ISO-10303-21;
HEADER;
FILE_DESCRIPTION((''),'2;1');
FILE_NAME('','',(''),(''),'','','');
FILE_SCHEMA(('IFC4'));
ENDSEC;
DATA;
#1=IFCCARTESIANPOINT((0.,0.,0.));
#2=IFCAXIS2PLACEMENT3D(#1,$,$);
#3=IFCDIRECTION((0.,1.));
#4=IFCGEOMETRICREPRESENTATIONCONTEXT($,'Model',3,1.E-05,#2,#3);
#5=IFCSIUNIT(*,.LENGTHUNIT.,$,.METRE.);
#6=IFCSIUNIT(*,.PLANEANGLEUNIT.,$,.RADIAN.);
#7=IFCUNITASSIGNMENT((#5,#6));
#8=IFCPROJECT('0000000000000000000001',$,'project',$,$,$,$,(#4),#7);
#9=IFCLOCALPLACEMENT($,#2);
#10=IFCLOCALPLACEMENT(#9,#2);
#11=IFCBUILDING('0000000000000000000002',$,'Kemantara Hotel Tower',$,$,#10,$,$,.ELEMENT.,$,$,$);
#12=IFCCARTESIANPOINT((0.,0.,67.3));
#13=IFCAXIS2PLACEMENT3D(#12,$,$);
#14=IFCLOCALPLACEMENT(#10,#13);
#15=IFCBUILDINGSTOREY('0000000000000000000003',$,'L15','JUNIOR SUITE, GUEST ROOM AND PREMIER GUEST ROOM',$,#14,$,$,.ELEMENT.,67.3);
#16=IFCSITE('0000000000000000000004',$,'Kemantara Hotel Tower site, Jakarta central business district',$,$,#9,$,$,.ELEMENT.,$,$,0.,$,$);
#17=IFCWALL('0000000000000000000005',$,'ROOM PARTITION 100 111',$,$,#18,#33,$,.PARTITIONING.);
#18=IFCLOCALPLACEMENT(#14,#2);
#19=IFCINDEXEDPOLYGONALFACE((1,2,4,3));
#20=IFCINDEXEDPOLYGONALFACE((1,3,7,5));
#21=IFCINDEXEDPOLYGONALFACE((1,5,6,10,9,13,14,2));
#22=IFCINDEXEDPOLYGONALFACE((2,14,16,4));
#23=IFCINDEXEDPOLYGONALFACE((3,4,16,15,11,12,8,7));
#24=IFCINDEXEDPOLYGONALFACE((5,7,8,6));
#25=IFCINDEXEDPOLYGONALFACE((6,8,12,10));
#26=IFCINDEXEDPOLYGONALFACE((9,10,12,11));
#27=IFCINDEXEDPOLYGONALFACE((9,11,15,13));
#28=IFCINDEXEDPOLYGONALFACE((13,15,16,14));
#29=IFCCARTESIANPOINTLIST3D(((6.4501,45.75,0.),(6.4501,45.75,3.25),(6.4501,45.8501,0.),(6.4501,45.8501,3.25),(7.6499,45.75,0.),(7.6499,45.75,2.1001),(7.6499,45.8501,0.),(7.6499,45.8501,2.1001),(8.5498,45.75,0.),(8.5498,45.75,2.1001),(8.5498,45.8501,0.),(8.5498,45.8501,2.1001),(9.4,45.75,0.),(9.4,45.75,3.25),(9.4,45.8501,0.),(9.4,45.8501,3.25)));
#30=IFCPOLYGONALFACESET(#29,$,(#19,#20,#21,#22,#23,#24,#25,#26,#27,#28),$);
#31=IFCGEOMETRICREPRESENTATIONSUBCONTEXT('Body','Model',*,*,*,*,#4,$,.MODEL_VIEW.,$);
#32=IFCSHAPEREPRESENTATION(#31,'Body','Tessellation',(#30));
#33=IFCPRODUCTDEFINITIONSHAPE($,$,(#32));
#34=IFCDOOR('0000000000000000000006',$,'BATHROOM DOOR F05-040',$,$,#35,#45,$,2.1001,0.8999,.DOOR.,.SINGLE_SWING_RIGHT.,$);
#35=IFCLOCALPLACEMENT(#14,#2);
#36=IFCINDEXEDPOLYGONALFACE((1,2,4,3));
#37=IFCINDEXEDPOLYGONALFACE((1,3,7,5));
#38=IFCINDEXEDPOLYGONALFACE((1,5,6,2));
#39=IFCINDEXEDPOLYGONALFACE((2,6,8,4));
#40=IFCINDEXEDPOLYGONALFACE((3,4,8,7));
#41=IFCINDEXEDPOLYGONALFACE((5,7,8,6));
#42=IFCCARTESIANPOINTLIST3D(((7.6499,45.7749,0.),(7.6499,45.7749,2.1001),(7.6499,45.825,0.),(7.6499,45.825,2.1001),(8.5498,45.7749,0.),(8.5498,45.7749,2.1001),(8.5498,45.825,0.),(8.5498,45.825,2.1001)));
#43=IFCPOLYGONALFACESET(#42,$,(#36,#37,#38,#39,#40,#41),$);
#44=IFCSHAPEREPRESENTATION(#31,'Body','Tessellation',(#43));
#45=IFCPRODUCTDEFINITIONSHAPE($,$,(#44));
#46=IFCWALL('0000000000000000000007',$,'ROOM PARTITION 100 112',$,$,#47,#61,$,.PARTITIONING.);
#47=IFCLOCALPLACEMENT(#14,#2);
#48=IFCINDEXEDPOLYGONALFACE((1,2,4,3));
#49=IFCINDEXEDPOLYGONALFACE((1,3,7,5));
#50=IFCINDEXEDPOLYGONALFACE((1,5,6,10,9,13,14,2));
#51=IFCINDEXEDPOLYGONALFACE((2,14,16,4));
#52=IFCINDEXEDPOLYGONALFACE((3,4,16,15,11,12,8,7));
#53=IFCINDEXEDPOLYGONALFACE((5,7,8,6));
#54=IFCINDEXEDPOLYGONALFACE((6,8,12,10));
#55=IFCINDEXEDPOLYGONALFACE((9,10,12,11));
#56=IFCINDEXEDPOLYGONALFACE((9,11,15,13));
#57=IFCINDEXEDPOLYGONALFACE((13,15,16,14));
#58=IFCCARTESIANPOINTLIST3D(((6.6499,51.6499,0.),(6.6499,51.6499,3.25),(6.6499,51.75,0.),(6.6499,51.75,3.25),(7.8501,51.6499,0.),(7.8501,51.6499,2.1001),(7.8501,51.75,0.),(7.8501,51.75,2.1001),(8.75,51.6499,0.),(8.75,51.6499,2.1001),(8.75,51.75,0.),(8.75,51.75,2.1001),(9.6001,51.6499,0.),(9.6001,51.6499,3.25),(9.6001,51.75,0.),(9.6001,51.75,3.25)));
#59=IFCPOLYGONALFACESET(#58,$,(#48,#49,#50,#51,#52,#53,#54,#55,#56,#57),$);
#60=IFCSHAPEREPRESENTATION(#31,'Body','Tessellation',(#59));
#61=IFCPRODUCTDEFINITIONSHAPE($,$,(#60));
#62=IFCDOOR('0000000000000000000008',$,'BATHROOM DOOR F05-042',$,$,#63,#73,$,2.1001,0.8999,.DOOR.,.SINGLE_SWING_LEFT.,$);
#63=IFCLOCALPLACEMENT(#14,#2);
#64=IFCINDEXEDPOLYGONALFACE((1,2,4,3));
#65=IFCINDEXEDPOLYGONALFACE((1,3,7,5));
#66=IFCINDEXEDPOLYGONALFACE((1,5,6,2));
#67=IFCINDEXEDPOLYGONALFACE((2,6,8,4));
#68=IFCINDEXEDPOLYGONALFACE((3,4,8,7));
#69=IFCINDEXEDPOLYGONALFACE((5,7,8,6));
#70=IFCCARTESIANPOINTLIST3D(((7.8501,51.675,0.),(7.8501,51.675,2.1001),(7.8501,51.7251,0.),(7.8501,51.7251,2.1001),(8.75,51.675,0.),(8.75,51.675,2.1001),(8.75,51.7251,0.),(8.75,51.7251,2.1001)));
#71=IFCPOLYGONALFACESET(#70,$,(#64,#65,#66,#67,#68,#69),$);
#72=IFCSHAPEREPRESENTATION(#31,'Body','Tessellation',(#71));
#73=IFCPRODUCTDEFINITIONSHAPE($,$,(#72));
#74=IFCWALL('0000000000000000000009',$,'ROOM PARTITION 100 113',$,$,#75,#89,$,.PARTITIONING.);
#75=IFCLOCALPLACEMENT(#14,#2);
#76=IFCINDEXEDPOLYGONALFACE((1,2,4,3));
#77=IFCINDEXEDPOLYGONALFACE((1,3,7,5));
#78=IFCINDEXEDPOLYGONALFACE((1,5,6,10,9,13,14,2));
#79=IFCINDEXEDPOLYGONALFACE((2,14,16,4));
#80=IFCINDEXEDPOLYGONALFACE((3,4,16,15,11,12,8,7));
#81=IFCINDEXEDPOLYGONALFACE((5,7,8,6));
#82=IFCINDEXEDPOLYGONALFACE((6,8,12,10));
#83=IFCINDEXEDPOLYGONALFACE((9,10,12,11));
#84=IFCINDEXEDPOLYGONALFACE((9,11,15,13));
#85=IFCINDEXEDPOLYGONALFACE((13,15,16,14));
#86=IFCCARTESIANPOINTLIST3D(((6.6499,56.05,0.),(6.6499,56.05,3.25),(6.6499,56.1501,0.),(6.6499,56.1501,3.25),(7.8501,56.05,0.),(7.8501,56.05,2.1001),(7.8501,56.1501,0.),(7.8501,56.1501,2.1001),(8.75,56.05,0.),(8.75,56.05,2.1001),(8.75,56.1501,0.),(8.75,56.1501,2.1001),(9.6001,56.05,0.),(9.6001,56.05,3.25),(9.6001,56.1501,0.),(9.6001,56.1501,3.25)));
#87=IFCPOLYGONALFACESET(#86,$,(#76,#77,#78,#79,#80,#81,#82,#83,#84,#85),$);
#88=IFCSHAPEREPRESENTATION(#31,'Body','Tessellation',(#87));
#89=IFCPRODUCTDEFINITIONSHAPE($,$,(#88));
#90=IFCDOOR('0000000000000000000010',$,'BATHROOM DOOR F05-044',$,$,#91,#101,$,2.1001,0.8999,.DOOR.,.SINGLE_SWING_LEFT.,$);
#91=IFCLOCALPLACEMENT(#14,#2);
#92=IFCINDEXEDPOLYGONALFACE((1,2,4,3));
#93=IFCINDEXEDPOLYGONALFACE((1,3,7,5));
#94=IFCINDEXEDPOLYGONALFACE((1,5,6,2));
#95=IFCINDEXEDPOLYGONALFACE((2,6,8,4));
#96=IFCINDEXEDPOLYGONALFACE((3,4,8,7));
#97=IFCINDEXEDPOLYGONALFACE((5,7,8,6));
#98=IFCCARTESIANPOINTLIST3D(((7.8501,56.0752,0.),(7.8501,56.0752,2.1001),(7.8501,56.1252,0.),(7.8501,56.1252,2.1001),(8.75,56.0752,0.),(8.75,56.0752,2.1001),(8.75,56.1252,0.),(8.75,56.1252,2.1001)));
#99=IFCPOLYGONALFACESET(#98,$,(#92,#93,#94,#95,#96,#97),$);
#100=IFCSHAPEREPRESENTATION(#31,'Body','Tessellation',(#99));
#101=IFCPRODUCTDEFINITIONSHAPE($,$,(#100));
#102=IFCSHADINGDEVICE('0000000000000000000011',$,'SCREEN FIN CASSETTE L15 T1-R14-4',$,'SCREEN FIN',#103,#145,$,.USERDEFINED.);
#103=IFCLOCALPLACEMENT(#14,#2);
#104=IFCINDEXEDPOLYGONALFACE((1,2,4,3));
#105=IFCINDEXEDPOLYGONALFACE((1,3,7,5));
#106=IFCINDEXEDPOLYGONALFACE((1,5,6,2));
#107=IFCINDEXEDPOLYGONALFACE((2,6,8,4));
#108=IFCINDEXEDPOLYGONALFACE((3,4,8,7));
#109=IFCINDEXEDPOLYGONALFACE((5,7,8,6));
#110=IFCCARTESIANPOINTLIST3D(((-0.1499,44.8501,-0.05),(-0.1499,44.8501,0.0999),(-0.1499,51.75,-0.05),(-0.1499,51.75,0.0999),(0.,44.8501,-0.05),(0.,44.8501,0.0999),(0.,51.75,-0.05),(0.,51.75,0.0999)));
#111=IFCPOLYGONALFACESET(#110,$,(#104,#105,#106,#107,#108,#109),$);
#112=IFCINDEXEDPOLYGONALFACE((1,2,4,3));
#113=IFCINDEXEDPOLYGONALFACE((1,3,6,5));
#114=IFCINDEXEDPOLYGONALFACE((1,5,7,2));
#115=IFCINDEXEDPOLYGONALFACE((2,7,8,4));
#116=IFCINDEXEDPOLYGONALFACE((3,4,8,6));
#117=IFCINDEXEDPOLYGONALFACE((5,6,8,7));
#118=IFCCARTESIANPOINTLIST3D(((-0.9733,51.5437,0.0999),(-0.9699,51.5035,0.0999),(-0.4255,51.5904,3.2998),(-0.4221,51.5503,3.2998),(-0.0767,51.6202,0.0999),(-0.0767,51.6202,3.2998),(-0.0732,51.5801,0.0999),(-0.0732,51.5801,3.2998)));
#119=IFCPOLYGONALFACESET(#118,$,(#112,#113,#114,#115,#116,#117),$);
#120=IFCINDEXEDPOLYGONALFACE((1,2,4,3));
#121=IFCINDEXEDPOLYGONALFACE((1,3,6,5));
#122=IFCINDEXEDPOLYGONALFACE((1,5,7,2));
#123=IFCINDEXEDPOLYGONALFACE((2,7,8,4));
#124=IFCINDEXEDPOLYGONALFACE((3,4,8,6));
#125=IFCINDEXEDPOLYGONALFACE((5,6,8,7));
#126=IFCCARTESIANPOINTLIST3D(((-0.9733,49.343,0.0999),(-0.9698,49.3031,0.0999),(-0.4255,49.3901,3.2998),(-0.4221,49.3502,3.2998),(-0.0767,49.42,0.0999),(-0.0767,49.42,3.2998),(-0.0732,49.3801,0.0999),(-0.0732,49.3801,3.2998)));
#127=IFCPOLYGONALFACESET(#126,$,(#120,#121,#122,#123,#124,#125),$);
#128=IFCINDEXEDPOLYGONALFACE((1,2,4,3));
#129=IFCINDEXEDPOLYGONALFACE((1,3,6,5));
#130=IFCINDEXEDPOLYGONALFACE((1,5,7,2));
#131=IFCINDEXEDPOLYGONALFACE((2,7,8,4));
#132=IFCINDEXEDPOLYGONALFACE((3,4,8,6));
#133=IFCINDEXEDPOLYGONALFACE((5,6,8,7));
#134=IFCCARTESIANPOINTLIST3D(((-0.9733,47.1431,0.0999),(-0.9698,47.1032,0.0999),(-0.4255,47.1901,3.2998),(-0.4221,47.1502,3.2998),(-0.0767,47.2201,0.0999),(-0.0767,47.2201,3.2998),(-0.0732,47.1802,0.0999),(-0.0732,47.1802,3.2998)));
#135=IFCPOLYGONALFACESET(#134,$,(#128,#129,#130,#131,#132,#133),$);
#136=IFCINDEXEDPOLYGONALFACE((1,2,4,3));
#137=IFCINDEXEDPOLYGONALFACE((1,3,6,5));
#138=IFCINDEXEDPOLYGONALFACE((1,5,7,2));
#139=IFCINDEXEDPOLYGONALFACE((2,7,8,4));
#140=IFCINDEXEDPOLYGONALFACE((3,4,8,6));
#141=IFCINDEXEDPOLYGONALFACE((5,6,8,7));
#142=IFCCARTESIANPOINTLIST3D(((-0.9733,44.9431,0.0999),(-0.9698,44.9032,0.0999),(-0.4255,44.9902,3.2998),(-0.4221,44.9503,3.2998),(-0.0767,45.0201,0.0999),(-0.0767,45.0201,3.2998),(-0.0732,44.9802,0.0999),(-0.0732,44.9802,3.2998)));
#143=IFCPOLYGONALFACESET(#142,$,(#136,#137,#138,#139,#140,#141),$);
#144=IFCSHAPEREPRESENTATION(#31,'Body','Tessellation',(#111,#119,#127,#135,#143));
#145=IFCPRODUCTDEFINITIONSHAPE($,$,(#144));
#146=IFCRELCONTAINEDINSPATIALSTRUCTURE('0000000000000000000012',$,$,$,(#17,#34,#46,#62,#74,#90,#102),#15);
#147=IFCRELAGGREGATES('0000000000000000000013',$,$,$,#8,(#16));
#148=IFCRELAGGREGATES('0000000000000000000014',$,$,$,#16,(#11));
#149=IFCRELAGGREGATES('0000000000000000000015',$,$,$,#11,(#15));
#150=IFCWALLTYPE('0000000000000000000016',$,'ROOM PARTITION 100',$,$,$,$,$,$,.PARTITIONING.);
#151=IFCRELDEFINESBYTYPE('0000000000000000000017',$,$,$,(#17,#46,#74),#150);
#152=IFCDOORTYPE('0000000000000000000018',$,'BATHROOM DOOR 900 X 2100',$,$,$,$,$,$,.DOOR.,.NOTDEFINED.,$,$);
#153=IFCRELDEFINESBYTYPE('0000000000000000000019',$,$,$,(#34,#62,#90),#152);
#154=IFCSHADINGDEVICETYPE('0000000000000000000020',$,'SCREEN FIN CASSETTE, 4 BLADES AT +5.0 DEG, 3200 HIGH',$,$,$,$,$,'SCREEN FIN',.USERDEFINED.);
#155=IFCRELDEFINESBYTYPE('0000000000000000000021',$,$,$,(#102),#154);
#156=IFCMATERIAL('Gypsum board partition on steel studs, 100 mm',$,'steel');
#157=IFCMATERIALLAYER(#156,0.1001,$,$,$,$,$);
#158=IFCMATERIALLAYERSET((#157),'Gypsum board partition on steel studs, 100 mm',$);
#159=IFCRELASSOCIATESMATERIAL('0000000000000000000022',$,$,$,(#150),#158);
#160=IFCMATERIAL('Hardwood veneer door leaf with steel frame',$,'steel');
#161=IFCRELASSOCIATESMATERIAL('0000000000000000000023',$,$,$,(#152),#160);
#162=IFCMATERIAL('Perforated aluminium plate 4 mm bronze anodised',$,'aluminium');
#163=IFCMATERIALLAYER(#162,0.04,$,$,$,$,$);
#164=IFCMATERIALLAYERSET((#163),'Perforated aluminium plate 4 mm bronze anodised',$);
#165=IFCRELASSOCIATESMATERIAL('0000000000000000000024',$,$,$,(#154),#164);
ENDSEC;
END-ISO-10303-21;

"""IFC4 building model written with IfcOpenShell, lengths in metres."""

from ifc_helpers import new_model, si_unit, direction, frame, frame_2d, origin, origin_2d, place, context, subcontext, project, spatial, polyline, rectangle, outline, extrude, source, transform, mapped, material, layer, layer_set, type_object, element, fill, save


model = new_model("IFC4")

# Units and contexts
model_context = context("Model", 3, precision=1e-05, world=origin(), true_north=direction((0.0, 1.0)))
body_context = subcontext(model_context, "Body", "Model", "MODEL_VIEW")
ifc_project = project(units=[si_unit("LENGTHUNIT", "METRE"), si_unit("PLANEANGLEUNIT", "RADIAN")], contexts=[model_context])

# Site, building, storey
site_placement = place(None, origin())
site = spatial("IfcSite", under=ifc_project, at=site_placement, Name="Kemantara Hotel Tower site, Jakarta central business district", CompositionType="ELEMENT", RefElevation=0.0)
building_placement = place(site_placement, origin())
building = spatial("IfcBuilding", under=site, at=building_placement, Name="Kemantara Hotel Tower", CompositionType="ELEMENT")
storey_placement = place(building_placement, frame((0.0, 0.0, 67.3)))
storey = spatial("IfcBuildingStorey", under=building, at=storey_placement, Name="L15", Description="JUNIOR SUITE, GUEST ROOM AND PREMIER GUEST ROOM", CompositionType="ELEMENT", Elevation=67.3)

# Shared definitions
ifc_material_1 = material(Name="Hardwood veneer door leaf with steel frame", Category="steel")

# Shared definitions
ifc_material_2 = material(Name="Gypsum board partition on steel studs, 100 mm", Category="steel")
ifc_layer_1 = layer(ifc_material_2, 0.1001)
ifc_layer_set_1 = layer_set([ifc_layer_1], Name="Gypsum board partition on steel studs, 100 mm")
wall_type_1 = type_object("IfcWallType", Name="ROOM PARTITION 100", PredefinedType="PARTITIONING", material=ifc_layer_set_1)

# Walls, openings, doors
wall_1_placement = place(storey_placement, frame((6.45, 45.8, 0.0), z_axis=(0.0, 0.0, 1.0), x_axis=(1.0, 0.0, 0.0)))
wall_1 = element("IfcWall", 1, at=wall_1_placement, inside=storey, type_object=wall_type_1, Name="ROOM PARTITION 100 111", PredefinedType="PARTITIONING", context=body_context, shape_type="SweptSolid", body=[
    extrude(rectangle(XDim=2.95, YDim=0.1001, at=frame_2d((1.4751, 0.0))), origin(), (0.0, 0.0, 1.0), 3.25),
])
opening_1_placement = place(wall_1_placement, frame((1.2, 0.0, 0.0)))
opening_1 = element("IfcOpeningElement", 2, at=opening_1_placement, cuts=wall_1, PredefinedType="OPENING", context=body_context, shape_type="SweptSolid", body=[
    extrude(rectangle(XDim=0.8999, YDim=2.1001, at=frame_2d((0.45, 1.05))), frame((0.0, 0.0601, 0.0), z_axis=(0.0, -1.0, 0.0), x_axis=(1.0, 0.0, 0.0)), (0.0, 0.0, 1.0), 0.1201),
])
door_type_1 = type_object("IfcDoorType", Name="BATHROOM DOOR 900 X 2100", OperationType="NOTDEFINED", PredefinedType="DOOR", material=ifc_material_1)
door_1_placement = place(opening_1_placement, origin())
door_1 = element("IfcDoor", 3, at=door_1_placement, inside=storey, type_object=door_type_1, Name="BATHROOM DOOR F05-040", OperationType="SINGLE_SWING_RIGHT", OverallHeight=2.1001, OverallWidth=0.8999, PredefinedType="DOOR", context=body_context, shape_type="SweptSolid", body=[
    extrude(rectangle(XDim=0.8999, YDim=2.1001, at=frame_2d((0.45, 1.05))), frame((0.0, 0.0249, 0.0), z_axis=(0.0, -1.0, 0.0), x_axis=(1.0, 0.0, 0.0)), (0.0, 0.0, 1.0), 0.05),
])
fill(opening_1, door_1)
wall_2_placement = place(storey_placement, frame((9.6001, 51.7, 0.0), z_axis=(0.0, 0.0, 1.0), x_axis=(-1.0, 0.0, 0.0)))
wall_2 = element("IfcWall", 4, at=wall_2_placement, inside=storey, type_object=wall_type_1, Name="ROOM PARTITION 100 112", PredefinedType="PARTITIONING", context=body_context, shape_type="SweptSolid", body=[
    extrude(rectangle(XDim=2.9502, YDim=0.1001, at=frame_2d((1.4751, 0.0))), origin(), (0.0, 0.0, 1.0), 3.25),
])
opening_2_placement = place(wall_2_placement, frame((0.8501, 0.0, 0.0)))
opening_2 = element("IfcOpeningElement", 5, at=opening_2_placement, cuts=wall_2, PredefinedType="OPENING", context=body_context, shape_type="SweptSolid", body=[
    extrude(rectangle(XDim=0.8999, YDim=2.1001, at=frame_2d((0.45, 1.05))), frame((0.0, 0.0601, 0.0), z_axis=(0.0, -1.0, 0.0), x_axis=(1.0, 0.0, 0.0)), (0.0, 0.0, 1.0), 0.1201),
])
door_2_placement = place(opening_2_placement, origin())
door_2 = element("IfcDoor", 6, at=door_2_placement, inside=storey, type_object=door_type_1, Name="BATHROOM DOOR F05-042", OperationType="SINGLE_SWING_LEFT", OverallHeight=2.1001, OverallWidth=0.8999, PredefinedType="DOOR", context=body_context, shape_type="SweptSolid", body=[
    extrude(rectangle(XDim=0.8999, YDim=2.1001, at=frame_2d((0.45, 1.05))), frame((0.0, 0.0249, 0.0), z_axis=(0.0, -1.0, 0.0), x_axis=(1.0, 0.0, 0.0)), (0.0, 0.0, 1.0), 0.05),
])
fill(opening_2, door_2)
wall_3_placement = place(storey_placement, frame((9.6001, 56.1001, 0.0), z_axis=(0.0, 0.0, 1.0), x_axis=(-1.0, 0.0, 0.0)))
wall_3 = element("IfcWall", 7, at=wall_3_placement, inside=storey, type_object=wall_type_1, Name="ROOM PARTITION 100 113", PredefinedType="PARTITIONING", context=body_context, shape_type="SweptSolid", body=[
    extrude(rectangle(XDim=2.9502, YDim=0.1001, at=frame_2d((1.4751, 0.0))), origin(), (0.0, 0.0, 1.0), 3.25),
])
opening_3_placement = place(wall_3_placement, frame((0.8501, 0.0, 0.0)))
opening_3 = element("IfcOpeningElement", 8, at=opening_3_placement, cuts=wall_3, PredefinedType="OPENING", context=body_context, shape_type="SweptSolid", body=[
    extrude(rectangle(XDim=0.8999, YDim=2.1001, at=frame_2d((0.45, 1.05))), frame((0.0, 0.0601, 0.0), z_axis=(0.0, -1.0, 0.0), x_axis=(1.0, 0.0, 0.0)), (0.0, 0.0, 1.0), 0.1201),
])
door_3_placement = place(opening_3_placement, origin())
door_3 = element("IfcDoor", 9, at=door_3_placement, inside=storey, type_object=door_type_1, Name="BATHROOM DOOR F05-044", OperationType="SINGLE_SWING_LEFT", OverallHeight=2.1001, OverallWidth=0.8999, PredefinedType="DOOR", context=body_context, shape_type="SweptSolid", body=[
    extrude(rectangle(XDim=0.8999, YDim=2.1001, at=frame_2d((0.45, 1.05))), frame((0.0, 0.0249, 0.0), z_axis=(0.0, -1.0, 0.0), x_axis=(1.0, 0.0, 0.0)), (0.0, 0.0, 1.0), 0.05),
])
fill(opening_3, door_3)

# Shading device
ifc_material_3 = material(Name="Perforated aluminium plate 4 mm bronze anodised", Category="aluminium")
ifc_layer_2 = layer(ifc_material_3, 0.04)
ifc_layer_set_2 = layer_set([ifc_layer_2], Name="Perforated aluminium plate 4 mm bronze anodised")
shading_device_type = type_object("IfcShadingDeviceType", Name="SCREEN FIN CASSETTE, 4 BLADES AT +5.0 DEG, 3200 HIGH", ElementType="SCREEN FIN", PredefinedType="USERDEFINED", material=ifc_layer_set_2)
shared_shape = source(origin(), body_context, "Body", "SweptSolid", [
    extrude(rectangle(XDim=6.8999, YDim=0.1499, at=origin_2d()), frame((3.3, -0.075, -0.1499), z_axis=(0.0, 0.0, 1.0), x_axis=(1.0, 0.0, 0.0)), (0.0, 0.0, 1.0), 0.1499),
    extrude(outline(polyline([(0.0, 0.0), (0.8999, 0.0), (0.3501, 3.2), (0.0, 3.2), (0.0, 0.0)])), frame((0.02, -0.0732, 0.0), z_axis=(-0.996376, -0.085056, 0.0), x_axis=(0.085056, -0.996376, 0.0)), (0.0, 0.0, 1.0), 0.0403),
    extrude(outline(polyline([(0.0, 0.0), (0.8999, 0.0), (0.3501, 3.2), (0.0, 3.2), (0.0, 0.0)])), frame((2.22, -0.0732, 0.0), z_axis=(-0.996332, -0.085575, 0.0), x_axis=(0.085575, -0.996332, 0.0)), (0.0, 0.0, 1.0), 0.04),
    extrude(outline(polyline([(0.0, 0.0), (0.8999, 0.0), (0.3501, 3.2), (0.0, 3.2), (0.0, 0.0)])), frame((4.4199, -0.0732, 0.0), z_axis=(-0.996332, -0.085575, 0.0), x_axis=(0.085575, -0.996332, 0.0)), (0.0, 0.0, 1.0), 0.04),
    extrude(outline(polyline([(0.0, 0.0), (0.8999, 0.0), (0.3501, 3.2), (0.0, 3.2), (0.0, 0.0)])), frame((6.6199, -0.0732, 0.0), z_axis=(-0.996332, -0.085575, 0.0), x_axis=(0.085575, -0.996332, 0.0)), (0.0, 0.0, 1.0), 0.04),
])
shading_device_placement = place(storey_placement, frame((0.0, 51.6001, 0.0999), z_axis=(0.0, 0.0, 1.0), x_axis=(0.0, -1.0, 0.0)))
element("IfcShadingDevice", 10, at=shading_device_placement, inside=storey, type_object=shading_device_type, Name="SCREEN FIN CASSETTE L15 T1-R14-4", ObjectType="SCREEN FIN", PredefinedType="USERDEFINED", context=body_context, shape_type="MappedRepresentation", body=[
    mapped(shared_shape, transform((0.0, 0.0, 0.0))),
])

save(model, "model.ifc")
